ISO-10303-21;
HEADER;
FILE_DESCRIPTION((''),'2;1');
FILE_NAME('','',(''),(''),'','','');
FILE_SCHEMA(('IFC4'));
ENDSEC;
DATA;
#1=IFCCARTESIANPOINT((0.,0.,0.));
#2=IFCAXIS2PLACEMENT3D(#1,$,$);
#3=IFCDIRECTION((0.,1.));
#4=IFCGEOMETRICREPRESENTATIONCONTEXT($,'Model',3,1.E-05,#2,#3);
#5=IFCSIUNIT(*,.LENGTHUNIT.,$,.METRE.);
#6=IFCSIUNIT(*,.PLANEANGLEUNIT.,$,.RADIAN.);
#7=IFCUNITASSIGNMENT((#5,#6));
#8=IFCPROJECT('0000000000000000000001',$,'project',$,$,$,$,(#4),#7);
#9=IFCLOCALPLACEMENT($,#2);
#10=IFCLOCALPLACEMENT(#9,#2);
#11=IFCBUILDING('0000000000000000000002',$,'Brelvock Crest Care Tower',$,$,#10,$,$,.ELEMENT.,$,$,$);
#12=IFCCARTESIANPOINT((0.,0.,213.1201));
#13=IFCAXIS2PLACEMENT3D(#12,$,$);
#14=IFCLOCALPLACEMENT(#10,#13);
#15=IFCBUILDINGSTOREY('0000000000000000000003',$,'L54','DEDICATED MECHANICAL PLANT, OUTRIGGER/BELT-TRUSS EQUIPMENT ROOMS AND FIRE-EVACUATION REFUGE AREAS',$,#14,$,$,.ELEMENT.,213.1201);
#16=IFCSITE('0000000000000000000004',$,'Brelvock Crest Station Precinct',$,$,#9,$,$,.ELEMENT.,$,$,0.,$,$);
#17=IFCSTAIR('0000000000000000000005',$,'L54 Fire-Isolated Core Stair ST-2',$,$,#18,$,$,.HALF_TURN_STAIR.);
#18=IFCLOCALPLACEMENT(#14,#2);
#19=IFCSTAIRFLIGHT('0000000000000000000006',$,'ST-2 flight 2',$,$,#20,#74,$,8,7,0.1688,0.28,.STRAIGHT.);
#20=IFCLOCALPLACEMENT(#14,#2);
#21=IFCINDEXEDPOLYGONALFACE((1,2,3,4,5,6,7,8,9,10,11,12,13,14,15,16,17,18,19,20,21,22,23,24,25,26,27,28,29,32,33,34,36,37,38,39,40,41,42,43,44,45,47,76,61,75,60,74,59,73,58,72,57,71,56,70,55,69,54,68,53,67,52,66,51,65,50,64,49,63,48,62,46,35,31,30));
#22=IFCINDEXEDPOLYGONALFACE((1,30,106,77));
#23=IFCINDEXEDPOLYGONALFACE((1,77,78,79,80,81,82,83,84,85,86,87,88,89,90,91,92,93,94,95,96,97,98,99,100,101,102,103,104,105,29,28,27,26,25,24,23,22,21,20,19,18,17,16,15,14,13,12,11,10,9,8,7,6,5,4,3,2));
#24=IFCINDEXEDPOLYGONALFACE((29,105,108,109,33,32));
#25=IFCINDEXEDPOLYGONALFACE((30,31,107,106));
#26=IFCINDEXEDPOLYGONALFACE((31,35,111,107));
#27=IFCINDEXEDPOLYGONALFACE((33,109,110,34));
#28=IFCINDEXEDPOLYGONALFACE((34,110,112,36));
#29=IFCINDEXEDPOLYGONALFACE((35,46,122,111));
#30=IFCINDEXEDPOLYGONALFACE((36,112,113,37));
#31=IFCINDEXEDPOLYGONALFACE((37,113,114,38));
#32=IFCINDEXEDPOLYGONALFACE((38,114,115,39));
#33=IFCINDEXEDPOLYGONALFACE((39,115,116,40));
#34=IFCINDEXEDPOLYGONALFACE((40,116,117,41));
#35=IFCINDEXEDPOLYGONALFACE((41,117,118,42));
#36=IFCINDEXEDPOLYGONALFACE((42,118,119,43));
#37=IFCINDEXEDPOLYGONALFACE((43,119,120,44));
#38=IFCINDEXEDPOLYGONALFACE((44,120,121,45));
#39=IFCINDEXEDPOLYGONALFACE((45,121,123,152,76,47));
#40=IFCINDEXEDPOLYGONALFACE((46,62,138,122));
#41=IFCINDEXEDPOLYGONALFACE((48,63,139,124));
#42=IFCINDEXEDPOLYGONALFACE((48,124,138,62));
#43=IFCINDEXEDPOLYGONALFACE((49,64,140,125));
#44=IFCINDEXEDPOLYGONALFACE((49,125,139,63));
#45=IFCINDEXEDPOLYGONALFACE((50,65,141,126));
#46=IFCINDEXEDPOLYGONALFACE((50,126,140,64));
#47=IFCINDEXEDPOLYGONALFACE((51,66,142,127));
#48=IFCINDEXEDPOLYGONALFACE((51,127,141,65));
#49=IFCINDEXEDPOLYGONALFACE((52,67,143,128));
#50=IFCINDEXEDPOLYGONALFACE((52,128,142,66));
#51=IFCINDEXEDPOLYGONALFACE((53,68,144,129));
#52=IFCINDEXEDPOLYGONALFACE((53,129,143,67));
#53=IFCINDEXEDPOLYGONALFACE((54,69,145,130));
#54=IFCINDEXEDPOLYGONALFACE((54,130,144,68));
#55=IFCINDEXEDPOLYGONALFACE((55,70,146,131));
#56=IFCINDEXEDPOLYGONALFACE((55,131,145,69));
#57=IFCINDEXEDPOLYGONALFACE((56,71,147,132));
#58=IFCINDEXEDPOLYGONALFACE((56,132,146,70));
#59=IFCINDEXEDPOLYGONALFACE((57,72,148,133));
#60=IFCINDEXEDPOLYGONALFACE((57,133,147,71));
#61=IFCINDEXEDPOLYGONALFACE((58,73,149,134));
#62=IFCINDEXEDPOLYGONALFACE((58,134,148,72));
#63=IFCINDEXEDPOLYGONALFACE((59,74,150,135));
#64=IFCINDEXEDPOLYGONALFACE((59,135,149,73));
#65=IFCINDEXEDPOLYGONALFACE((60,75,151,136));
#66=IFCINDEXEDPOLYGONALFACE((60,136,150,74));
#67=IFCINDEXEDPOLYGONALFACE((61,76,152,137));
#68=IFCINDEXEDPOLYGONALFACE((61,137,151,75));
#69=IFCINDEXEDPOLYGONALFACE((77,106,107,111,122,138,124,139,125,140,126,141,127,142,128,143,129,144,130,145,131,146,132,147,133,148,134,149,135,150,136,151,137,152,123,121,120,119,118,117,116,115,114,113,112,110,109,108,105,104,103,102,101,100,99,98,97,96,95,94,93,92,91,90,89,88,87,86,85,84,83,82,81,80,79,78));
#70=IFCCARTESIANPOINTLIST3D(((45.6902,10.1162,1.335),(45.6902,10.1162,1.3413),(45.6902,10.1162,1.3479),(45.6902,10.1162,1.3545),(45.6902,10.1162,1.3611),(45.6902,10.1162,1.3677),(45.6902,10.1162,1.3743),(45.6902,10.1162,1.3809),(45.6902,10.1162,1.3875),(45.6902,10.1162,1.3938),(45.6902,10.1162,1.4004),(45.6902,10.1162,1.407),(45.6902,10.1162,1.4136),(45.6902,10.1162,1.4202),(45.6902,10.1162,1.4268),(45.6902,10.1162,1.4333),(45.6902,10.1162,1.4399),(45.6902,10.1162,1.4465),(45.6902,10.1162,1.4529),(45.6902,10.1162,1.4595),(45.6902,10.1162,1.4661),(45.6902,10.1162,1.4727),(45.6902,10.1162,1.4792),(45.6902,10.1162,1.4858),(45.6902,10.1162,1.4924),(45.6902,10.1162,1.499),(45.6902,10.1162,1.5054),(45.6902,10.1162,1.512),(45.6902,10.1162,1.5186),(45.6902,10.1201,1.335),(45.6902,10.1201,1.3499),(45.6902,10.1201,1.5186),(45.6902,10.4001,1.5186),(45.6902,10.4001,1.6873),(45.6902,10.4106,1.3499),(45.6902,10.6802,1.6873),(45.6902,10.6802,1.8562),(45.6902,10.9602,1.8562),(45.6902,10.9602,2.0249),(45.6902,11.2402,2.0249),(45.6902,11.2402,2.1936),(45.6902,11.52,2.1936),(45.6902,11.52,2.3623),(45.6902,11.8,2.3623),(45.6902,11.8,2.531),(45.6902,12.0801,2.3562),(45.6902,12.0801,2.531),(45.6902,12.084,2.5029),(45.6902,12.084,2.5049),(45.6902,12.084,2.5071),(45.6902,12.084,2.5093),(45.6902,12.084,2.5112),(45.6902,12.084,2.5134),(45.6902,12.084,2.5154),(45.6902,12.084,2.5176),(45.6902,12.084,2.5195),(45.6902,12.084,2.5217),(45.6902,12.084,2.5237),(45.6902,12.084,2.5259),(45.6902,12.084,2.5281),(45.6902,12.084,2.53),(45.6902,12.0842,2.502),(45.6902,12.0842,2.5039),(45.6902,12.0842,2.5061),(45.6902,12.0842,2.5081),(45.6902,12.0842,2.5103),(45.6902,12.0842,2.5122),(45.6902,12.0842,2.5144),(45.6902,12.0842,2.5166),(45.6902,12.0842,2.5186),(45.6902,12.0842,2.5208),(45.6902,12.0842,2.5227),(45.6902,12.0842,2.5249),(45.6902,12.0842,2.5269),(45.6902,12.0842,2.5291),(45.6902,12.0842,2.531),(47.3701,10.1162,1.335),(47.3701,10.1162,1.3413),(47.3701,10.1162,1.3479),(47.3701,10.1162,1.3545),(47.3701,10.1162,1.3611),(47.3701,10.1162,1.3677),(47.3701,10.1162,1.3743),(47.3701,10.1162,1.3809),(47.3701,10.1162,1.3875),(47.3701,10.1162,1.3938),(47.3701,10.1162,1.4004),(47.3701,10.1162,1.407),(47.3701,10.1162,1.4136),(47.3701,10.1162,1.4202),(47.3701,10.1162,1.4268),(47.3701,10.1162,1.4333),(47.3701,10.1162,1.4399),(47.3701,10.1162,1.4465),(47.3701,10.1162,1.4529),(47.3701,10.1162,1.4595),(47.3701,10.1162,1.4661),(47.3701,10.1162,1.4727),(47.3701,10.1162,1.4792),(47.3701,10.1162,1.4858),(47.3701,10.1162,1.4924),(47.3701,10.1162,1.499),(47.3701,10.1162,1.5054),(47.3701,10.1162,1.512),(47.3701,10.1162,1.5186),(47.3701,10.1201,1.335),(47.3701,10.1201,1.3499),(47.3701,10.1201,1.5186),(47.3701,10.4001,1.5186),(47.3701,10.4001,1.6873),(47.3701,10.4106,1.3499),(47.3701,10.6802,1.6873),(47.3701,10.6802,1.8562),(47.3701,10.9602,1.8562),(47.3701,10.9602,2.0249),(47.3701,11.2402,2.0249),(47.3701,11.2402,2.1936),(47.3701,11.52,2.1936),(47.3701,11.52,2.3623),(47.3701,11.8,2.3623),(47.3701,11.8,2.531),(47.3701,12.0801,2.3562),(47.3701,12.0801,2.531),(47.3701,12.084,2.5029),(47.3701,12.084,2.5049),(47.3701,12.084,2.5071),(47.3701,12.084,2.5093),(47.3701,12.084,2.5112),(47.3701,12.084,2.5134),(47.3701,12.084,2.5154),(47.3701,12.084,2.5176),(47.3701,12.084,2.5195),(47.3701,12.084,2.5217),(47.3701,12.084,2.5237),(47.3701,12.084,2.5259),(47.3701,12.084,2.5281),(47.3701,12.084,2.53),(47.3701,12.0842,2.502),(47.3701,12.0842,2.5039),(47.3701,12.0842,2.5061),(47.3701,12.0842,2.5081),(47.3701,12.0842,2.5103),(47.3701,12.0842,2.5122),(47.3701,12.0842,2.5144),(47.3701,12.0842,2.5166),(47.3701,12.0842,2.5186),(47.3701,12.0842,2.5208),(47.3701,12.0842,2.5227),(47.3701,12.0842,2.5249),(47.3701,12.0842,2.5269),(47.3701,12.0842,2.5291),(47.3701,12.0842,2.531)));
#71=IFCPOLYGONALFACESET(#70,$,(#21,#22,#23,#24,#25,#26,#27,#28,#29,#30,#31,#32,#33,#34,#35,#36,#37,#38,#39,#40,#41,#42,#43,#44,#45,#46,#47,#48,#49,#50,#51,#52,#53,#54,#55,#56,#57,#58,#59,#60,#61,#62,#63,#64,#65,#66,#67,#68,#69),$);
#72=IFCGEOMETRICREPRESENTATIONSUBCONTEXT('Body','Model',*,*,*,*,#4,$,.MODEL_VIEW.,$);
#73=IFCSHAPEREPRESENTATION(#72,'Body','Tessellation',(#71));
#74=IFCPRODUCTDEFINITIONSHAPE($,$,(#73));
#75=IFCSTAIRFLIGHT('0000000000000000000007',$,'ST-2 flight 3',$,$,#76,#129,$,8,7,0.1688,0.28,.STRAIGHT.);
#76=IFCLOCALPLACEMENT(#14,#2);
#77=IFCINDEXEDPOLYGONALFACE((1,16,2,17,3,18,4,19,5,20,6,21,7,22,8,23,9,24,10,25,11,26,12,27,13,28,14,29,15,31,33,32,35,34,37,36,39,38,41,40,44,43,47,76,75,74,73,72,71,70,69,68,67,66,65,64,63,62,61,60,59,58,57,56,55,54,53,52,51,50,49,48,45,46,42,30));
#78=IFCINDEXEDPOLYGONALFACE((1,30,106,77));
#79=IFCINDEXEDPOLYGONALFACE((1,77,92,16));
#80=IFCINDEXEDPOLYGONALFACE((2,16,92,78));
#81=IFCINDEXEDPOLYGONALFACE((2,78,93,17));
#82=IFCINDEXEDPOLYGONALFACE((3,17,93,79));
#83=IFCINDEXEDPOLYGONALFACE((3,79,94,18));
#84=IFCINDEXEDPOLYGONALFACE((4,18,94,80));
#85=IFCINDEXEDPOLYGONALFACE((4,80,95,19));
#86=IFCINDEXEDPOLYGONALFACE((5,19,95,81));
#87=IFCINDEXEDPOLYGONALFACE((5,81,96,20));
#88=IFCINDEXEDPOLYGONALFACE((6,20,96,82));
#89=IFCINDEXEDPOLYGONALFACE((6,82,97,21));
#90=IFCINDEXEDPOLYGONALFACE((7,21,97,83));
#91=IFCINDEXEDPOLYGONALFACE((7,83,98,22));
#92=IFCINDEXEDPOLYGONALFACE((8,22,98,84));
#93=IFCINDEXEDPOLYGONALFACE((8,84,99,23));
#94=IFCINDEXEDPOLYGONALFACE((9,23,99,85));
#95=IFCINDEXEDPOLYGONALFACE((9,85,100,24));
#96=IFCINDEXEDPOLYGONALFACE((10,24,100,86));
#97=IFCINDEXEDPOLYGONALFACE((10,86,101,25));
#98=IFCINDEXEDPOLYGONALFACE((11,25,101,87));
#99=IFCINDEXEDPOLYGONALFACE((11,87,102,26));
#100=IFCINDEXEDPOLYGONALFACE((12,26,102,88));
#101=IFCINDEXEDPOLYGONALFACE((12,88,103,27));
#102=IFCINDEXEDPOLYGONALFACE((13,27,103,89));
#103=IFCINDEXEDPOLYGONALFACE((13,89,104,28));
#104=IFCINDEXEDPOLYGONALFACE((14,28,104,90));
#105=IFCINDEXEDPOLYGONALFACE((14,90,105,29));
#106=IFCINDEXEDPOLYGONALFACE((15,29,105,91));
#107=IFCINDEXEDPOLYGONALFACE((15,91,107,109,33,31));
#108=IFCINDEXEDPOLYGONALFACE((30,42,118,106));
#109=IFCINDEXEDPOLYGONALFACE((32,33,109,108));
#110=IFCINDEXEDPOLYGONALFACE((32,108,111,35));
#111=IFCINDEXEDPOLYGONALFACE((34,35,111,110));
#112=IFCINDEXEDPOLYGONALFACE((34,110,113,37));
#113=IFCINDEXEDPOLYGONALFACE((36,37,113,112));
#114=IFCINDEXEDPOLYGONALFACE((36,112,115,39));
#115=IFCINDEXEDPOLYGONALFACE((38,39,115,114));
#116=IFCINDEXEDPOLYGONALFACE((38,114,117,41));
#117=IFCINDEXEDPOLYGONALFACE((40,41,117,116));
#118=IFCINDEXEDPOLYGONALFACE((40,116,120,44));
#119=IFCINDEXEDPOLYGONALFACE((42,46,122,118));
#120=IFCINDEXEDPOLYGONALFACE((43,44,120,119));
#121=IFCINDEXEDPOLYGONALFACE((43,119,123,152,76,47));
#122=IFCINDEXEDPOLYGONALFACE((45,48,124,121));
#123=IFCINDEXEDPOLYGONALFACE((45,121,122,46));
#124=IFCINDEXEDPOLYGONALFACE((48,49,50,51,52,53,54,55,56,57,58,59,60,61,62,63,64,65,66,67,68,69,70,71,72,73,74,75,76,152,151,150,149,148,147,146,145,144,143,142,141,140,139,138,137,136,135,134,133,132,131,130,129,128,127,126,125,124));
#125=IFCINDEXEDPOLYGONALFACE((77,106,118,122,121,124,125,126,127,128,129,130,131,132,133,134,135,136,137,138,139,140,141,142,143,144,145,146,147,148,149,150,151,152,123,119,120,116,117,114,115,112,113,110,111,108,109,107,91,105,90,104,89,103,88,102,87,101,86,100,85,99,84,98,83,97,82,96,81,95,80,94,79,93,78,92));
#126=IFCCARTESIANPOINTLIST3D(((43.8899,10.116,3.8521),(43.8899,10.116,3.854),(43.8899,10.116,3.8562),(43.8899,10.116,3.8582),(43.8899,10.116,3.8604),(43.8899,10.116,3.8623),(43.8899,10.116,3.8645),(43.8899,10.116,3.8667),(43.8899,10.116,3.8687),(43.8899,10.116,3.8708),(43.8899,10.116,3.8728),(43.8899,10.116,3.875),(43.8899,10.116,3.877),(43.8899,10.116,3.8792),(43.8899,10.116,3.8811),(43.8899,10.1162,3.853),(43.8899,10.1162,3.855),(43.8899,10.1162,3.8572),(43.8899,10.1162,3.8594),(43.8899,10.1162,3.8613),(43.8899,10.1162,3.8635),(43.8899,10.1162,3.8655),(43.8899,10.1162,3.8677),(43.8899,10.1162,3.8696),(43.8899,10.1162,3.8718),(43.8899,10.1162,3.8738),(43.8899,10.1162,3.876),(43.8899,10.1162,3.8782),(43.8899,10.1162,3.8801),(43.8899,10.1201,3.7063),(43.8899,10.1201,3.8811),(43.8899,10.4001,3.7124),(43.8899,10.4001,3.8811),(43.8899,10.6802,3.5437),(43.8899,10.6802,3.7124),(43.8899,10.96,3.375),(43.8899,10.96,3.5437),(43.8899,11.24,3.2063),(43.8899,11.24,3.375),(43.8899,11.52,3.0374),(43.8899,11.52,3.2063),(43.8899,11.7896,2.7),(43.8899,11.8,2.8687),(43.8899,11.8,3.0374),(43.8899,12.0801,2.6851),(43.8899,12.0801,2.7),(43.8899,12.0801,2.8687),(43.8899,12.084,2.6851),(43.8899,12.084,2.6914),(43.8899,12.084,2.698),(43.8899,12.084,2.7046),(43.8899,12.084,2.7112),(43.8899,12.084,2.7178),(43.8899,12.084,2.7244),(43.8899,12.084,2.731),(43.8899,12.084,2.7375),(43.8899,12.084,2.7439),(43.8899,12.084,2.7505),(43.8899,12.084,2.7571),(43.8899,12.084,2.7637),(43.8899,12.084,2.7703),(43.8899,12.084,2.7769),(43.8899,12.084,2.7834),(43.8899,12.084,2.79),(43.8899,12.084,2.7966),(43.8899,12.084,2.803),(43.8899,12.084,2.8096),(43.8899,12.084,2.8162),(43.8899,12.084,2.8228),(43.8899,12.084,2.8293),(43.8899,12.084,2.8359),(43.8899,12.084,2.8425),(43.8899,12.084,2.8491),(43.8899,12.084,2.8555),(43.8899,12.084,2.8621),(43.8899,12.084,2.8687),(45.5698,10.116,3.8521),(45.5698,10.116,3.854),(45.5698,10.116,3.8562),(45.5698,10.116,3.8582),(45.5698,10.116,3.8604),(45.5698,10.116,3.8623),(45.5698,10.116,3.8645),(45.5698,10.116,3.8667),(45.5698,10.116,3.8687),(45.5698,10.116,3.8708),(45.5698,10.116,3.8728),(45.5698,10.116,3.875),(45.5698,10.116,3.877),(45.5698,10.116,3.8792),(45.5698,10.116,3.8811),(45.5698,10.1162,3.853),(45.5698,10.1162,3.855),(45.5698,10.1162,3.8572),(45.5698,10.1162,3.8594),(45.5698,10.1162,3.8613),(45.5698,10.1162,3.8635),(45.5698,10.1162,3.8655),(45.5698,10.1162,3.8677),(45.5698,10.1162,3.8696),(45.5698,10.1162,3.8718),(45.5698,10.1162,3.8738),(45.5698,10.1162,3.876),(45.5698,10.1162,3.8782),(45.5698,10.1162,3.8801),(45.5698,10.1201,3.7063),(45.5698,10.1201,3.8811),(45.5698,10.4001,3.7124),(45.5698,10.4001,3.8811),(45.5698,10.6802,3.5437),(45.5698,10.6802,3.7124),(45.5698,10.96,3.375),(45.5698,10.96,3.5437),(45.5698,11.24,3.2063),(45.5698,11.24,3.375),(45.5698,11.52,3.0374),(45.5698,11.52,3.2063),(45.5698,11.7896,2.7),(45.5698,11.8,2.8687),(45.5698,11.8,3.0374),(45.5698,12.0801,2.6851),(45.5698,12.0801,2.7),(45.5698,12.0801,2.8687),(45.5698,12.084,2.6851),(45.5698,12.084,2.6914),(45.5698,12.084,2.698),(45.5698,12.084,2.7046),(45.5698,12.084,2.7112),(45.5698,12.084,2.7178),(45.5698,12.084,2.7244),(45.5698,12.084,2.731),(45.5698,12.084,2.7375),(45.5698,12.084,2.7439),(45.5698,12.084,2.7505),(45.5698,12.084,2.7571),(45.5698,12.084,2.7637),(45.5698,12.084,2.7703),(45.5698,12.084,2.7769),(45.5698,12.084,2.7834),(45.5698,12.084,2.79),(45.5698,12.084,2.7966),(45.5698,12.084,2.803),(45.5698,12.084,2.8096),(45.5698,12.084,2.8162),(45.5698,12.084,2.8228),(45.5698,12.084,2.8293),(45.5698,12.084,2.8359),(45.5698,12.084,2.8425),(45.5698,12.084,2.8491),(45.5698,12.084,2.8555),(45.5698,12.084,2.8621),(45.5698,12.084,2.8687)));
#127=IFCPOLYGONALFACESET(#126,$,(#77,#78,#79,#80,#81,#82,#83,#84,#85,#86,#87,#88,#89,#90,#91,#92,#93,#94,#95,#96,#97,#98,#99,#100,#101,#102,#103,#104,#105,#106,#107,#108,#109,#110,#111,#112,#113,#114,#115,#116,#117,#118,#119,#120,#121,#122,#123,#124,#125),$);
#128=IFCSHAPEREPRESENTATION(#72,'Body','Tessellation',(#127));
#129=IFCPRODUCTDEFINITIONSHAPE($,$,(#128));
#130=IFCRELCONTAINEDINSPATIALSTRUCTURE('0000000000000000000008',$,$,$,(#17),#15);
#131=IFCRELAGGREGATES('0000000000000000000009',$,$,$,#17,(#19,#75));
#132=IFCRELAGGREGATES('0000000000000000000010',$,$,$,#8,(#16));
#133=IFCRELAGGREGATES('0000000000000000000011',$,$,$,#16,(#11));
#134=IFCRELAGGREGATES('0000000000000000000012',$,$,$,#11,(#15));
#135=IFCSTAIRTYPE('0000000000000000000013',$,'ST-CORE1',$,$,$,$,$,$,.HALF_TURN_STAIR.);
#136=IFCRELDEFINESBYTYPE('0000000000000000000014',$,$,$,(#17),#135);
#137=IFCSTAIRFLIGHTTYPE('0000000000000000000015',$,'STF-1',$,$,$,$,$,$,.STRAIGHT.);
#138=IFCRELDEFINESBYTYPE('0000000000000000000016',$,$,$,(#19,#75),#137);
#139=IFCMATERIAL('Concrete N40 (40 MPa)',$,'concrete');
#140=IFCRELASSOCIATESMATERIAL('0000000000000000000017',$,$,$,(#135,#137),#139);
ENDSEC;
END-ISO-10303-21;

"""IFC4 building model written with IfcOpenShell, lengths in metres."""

from ifc_helpers import new_model, si_unit, direction, frame, origin, place, context, subcontext, project, spatial, polyline, outline, extrude, material, type_object, element, aggregate, save


model = new_model("IFC4")

# Units and contexts
model_context = context("Model", 3, precision=1e-05, world=origin(), true_north=direction((0.0, 1.0)))
body_context = subcontext(model_context, "Body", "Model", "MODEL_VIEW")
ifc_project = project(units=[si_unit("LENGTHUNIT", "METRE"), si_unit("PLANEANGLEUNIT", "RADIAN")], contexts=[model_context])

# Site, building, storey
site_placement = place(None, origin())
site = spatial("IfcSite", under=ifc_project, at=site_placement, Name="Brelvock Crest Station Precinct", CompositionType="ELEMENT", RefElevation=0.0)
building_placement = place(site_placement, origin())
building = spatial("IfcBuilding", under=site, at=building_placement, Name="Brelvock Crest Care Tower", CompositionType="ELEMENT")
storey_placement = place(building_placement, frame((0.0, 0.0, 213.1201)))
storey = spatial("IfcBuildingStorey", under=building, at=storey_placement, Name="L54", Description="DEDICATED MECHANICAL PLANT, OUTRIGGER/BELT-TRUSS EQUIPMENT ROOMS AND FIRE-EVACUATION REFUGE AREAS", CompositionType="ELEMENT", Elevation=213.1201)

# Stair, stair flights
ifc_material_1 = material(Name="Concrete N40 (40 MPa)", Category="concrete")
stair_type = type_object("IfcStairType", Name="ST-CORE1", PredefinedType="HALF_TURN_STAIR", material=ifc_material_1)
stair_placement = place(storey_placement, origin())
stair = element("IfcStair", 1, at=stair_placement, inside=storey, type_object=stair_type, Name="L54 Fire-Isolated Core Stair ST-2", PredefinedType="HALF_TURN_STAIR")
stair_flight_type = type_object("IfcStairFlightType", Name="STF-1", PredefinedType="STRAIGHT", material=ifc_material_1)
stair_flight_1_placement = place(storey_placement, frame((46.53, 10.1201, 1.3499), z_axis=(0.0, 0.0, 1.0), x_axis=(0.0, 1.0, 0.0)))
stair_flight_1 = element("IfcStairFlight", 2, at=stair_flight_1_placement, type_object=stair_flight_type, Name="ST-2 flight 2", NumberOfRisers=8, NumberOfTreads=7, PredefinedType="STRAIGHT", RiserHeight=0.1688, TreadLength=0.28, context=body_context, shape_type="SweptSolid", body=[
    extrude(outline(polyline([(-0.0039, -0.0149), (-0.0039, -0.0085), (-0.0039, -0.002), (-0.0039, 0.0046), (-0.0039, 0.0112), (-0.0039, 0.0178), (-0.0039, 0.0244), (-0.0039, 0.031), (-0.0039, 0.0376), (-0.0039, 0.0439), (-0.0039, 0.0505), (-0.0039, 0.0571), (-0.0039, 0.0637), (-0.0039, 0.0703), (-0.0039, 0.0769), (-0.0039, 0.0835), (-0.0039, 0.0901), (-0.0039, 0.0967), (-0.0039, 0.103), (-0.0039, 0.1096), (-0.0039, 0.1162), (-0.0039, 0.1228), (-0.0039, 0.1294), (-0.0039, 0.136), (-0.0039, 0.1426), (-0.0039, 0.1492), (-0.0039, 0.1555), (-0.0039, 0.1621), (-0.0039, 0.1687), (0.0, 0.1687), (0.28, 0.1687), (0.28, 0.3374), (0.5601, 0.3374), (0.5601, 0.5063), (0.8401, 0.5063), (0.8401, 0.675), (1.1201, 0.675), (1.1201, 0.8438), (1.3999, 0.8438), (1.3999, 1.0125), (1.6799, 1.0125), (1.6799, 1.1812), (1.96, 1.1812), (1.9641, 1.1812), (1.9639, 1.1802), (1.9641, 1.1792), (1.9639, 1.1782), (1.9641, 1.177), (1.9639, 1.176), (1.9641, 1.175), (1.9639, 1.1738), (1.9641, 1.1729), (1.9639, 1.1719), (1.9641, 1.1709), (1.9639, 1.1697), (1.9641, 1.1687), (1.9639, 1.1677), (1.9641, 1.1667), (1.9639, 1.1655), (1.9641, 1.1646), (1.9639, 1.1636), (1.9641, 1.1624), (1.9639, 1.1614), (1.9641, 1.1604), (1.9639, 1.1594), (1.9641, 1.1582), (1.9639, 1.1572), (1.9641, 1.1562), (1.9639, 1.155), (1.9641, 1.1541), (1.9639, 1.1531), (1.9641, 1.1521), (1.96, 1.0063), (0.2905, 0.0), (0.0, 0.0), (0.0, -0.0149), (-0.0039, -0.0149)])), frame((0.0, 0.8398, 0.0), z_axis=(0.0, -1.0, 0.0), x_axis=(1.0, 0.0, 0.0)), (0.0, 0.0, 1.0), 1.6799),
])
stair_flight_2_placement = place(storey_placement, frame((44.73, 12.0801, 2.7), z_axis=(0.0, 0.0, 1.0), x_axis=(0.0, -1.0, 0.0)))
stair_flight_2 = element("IfcStairFlight", 3, at=stair_flight_2_placement, type_object=stair_flight_type, Name="ST-2 flight 3", NumberOfRisers=8, NumberOfTreads=7, PredefinedType="STRAIGHT", RiserHeight=0.1688, TreadLength=0.28, context=body_context, shape_type="SweptSolid", body=[
    extrude(outline(polyline([(-0.0039, -0.0149), (-0.0039, -0.0085), (-0.0039, -0.002), (-0.0039, 0.0046), (-0.0039, 0.0112), (-0.0039, 0.0178), (-0.0039, 0.0244), (-0.0039, 0.031), (-0.0039, 0.0376), (-0.0039, 0.0439), (-0.0039, 0.0505), (-0.0039, 0.0571), (-0.0039, 0.0637), (-0.0039, 0.0703), (-0.0039, 0.0769), (-0.0039, 0.0835), (-0.0039, 0.0901), (-0.0039, 0.0967), (-0.0039, 0.103), (-0.0039, 0.1096), (-0.0039, 0.1162), (-0.0039, 0.1228), (-0.0039, 0.1294), (-0.0039, 0.136), (-0.0039, 0.1426), (-0.0039, 0.1492), (-0.0039, 0.1555), (-0.0039, 0.1621), (-0.0039, 0.1687), (0.0, 0.1687), (0.28, 0.1687), (0.28, 0.3374), (0.5601, 0.3374), (0.5601, 0.5063), (0.8401, 0.5063), (0.8401, 0.675), (1.1201, 0.675), (1.1201, 0.8438), (1.3999, 0.8438), (1.3999, 1.0125), (1.6799, 1.0125), (1.6799, 1.1812), (1.96, 1.1812), (1.9641, 1.1812), (1.9639, 1.1802), (1.9641, 1.1792), (1.9639, 1.1782), (1.9641, 1.177), (1.9639, 1.176), (1.9641, 1.175), (1.9639, 1.1738), (1.9641, 1.1729), (1.9639, 1.1719), (1.9641, 1.1709), (1.9639, 1.1697), (1.9641, 1.1687), (1.9639, 1.1677), (1.9641, 1.1667), (1.9639, 1.1655), (1.9641, 1.1646), (1.9639, 1.1636), (1.9641, 1.1624), (1.9639, 1.1614), (1.9641, 1.1604), (1.9639, 1.1594), (1.9641, 1.1582), (1.9639, 1.1572), (1.9641, 1.1562), (1.9639, 1.155), (1.9641, 1.1541), (1.9639, 1.1531), (1.9641, 1.1521), (1.96, 1.0063), (0.2905, 0.0), (0.0, 0.0), (0.0, -0.0149), (-0.0039, -0.0149)])), frame((0.0, 0.8398, 0.0), z_axis=(0.0, -1.0, 0.0), x_axis=(1.0, 0.0, 0.0)), (0.0, 0.0, 1.0), 1.6799),
])
aggregate(stair, [stair_flight_1, stair_flight_2])

save(model, "model.ifc")
